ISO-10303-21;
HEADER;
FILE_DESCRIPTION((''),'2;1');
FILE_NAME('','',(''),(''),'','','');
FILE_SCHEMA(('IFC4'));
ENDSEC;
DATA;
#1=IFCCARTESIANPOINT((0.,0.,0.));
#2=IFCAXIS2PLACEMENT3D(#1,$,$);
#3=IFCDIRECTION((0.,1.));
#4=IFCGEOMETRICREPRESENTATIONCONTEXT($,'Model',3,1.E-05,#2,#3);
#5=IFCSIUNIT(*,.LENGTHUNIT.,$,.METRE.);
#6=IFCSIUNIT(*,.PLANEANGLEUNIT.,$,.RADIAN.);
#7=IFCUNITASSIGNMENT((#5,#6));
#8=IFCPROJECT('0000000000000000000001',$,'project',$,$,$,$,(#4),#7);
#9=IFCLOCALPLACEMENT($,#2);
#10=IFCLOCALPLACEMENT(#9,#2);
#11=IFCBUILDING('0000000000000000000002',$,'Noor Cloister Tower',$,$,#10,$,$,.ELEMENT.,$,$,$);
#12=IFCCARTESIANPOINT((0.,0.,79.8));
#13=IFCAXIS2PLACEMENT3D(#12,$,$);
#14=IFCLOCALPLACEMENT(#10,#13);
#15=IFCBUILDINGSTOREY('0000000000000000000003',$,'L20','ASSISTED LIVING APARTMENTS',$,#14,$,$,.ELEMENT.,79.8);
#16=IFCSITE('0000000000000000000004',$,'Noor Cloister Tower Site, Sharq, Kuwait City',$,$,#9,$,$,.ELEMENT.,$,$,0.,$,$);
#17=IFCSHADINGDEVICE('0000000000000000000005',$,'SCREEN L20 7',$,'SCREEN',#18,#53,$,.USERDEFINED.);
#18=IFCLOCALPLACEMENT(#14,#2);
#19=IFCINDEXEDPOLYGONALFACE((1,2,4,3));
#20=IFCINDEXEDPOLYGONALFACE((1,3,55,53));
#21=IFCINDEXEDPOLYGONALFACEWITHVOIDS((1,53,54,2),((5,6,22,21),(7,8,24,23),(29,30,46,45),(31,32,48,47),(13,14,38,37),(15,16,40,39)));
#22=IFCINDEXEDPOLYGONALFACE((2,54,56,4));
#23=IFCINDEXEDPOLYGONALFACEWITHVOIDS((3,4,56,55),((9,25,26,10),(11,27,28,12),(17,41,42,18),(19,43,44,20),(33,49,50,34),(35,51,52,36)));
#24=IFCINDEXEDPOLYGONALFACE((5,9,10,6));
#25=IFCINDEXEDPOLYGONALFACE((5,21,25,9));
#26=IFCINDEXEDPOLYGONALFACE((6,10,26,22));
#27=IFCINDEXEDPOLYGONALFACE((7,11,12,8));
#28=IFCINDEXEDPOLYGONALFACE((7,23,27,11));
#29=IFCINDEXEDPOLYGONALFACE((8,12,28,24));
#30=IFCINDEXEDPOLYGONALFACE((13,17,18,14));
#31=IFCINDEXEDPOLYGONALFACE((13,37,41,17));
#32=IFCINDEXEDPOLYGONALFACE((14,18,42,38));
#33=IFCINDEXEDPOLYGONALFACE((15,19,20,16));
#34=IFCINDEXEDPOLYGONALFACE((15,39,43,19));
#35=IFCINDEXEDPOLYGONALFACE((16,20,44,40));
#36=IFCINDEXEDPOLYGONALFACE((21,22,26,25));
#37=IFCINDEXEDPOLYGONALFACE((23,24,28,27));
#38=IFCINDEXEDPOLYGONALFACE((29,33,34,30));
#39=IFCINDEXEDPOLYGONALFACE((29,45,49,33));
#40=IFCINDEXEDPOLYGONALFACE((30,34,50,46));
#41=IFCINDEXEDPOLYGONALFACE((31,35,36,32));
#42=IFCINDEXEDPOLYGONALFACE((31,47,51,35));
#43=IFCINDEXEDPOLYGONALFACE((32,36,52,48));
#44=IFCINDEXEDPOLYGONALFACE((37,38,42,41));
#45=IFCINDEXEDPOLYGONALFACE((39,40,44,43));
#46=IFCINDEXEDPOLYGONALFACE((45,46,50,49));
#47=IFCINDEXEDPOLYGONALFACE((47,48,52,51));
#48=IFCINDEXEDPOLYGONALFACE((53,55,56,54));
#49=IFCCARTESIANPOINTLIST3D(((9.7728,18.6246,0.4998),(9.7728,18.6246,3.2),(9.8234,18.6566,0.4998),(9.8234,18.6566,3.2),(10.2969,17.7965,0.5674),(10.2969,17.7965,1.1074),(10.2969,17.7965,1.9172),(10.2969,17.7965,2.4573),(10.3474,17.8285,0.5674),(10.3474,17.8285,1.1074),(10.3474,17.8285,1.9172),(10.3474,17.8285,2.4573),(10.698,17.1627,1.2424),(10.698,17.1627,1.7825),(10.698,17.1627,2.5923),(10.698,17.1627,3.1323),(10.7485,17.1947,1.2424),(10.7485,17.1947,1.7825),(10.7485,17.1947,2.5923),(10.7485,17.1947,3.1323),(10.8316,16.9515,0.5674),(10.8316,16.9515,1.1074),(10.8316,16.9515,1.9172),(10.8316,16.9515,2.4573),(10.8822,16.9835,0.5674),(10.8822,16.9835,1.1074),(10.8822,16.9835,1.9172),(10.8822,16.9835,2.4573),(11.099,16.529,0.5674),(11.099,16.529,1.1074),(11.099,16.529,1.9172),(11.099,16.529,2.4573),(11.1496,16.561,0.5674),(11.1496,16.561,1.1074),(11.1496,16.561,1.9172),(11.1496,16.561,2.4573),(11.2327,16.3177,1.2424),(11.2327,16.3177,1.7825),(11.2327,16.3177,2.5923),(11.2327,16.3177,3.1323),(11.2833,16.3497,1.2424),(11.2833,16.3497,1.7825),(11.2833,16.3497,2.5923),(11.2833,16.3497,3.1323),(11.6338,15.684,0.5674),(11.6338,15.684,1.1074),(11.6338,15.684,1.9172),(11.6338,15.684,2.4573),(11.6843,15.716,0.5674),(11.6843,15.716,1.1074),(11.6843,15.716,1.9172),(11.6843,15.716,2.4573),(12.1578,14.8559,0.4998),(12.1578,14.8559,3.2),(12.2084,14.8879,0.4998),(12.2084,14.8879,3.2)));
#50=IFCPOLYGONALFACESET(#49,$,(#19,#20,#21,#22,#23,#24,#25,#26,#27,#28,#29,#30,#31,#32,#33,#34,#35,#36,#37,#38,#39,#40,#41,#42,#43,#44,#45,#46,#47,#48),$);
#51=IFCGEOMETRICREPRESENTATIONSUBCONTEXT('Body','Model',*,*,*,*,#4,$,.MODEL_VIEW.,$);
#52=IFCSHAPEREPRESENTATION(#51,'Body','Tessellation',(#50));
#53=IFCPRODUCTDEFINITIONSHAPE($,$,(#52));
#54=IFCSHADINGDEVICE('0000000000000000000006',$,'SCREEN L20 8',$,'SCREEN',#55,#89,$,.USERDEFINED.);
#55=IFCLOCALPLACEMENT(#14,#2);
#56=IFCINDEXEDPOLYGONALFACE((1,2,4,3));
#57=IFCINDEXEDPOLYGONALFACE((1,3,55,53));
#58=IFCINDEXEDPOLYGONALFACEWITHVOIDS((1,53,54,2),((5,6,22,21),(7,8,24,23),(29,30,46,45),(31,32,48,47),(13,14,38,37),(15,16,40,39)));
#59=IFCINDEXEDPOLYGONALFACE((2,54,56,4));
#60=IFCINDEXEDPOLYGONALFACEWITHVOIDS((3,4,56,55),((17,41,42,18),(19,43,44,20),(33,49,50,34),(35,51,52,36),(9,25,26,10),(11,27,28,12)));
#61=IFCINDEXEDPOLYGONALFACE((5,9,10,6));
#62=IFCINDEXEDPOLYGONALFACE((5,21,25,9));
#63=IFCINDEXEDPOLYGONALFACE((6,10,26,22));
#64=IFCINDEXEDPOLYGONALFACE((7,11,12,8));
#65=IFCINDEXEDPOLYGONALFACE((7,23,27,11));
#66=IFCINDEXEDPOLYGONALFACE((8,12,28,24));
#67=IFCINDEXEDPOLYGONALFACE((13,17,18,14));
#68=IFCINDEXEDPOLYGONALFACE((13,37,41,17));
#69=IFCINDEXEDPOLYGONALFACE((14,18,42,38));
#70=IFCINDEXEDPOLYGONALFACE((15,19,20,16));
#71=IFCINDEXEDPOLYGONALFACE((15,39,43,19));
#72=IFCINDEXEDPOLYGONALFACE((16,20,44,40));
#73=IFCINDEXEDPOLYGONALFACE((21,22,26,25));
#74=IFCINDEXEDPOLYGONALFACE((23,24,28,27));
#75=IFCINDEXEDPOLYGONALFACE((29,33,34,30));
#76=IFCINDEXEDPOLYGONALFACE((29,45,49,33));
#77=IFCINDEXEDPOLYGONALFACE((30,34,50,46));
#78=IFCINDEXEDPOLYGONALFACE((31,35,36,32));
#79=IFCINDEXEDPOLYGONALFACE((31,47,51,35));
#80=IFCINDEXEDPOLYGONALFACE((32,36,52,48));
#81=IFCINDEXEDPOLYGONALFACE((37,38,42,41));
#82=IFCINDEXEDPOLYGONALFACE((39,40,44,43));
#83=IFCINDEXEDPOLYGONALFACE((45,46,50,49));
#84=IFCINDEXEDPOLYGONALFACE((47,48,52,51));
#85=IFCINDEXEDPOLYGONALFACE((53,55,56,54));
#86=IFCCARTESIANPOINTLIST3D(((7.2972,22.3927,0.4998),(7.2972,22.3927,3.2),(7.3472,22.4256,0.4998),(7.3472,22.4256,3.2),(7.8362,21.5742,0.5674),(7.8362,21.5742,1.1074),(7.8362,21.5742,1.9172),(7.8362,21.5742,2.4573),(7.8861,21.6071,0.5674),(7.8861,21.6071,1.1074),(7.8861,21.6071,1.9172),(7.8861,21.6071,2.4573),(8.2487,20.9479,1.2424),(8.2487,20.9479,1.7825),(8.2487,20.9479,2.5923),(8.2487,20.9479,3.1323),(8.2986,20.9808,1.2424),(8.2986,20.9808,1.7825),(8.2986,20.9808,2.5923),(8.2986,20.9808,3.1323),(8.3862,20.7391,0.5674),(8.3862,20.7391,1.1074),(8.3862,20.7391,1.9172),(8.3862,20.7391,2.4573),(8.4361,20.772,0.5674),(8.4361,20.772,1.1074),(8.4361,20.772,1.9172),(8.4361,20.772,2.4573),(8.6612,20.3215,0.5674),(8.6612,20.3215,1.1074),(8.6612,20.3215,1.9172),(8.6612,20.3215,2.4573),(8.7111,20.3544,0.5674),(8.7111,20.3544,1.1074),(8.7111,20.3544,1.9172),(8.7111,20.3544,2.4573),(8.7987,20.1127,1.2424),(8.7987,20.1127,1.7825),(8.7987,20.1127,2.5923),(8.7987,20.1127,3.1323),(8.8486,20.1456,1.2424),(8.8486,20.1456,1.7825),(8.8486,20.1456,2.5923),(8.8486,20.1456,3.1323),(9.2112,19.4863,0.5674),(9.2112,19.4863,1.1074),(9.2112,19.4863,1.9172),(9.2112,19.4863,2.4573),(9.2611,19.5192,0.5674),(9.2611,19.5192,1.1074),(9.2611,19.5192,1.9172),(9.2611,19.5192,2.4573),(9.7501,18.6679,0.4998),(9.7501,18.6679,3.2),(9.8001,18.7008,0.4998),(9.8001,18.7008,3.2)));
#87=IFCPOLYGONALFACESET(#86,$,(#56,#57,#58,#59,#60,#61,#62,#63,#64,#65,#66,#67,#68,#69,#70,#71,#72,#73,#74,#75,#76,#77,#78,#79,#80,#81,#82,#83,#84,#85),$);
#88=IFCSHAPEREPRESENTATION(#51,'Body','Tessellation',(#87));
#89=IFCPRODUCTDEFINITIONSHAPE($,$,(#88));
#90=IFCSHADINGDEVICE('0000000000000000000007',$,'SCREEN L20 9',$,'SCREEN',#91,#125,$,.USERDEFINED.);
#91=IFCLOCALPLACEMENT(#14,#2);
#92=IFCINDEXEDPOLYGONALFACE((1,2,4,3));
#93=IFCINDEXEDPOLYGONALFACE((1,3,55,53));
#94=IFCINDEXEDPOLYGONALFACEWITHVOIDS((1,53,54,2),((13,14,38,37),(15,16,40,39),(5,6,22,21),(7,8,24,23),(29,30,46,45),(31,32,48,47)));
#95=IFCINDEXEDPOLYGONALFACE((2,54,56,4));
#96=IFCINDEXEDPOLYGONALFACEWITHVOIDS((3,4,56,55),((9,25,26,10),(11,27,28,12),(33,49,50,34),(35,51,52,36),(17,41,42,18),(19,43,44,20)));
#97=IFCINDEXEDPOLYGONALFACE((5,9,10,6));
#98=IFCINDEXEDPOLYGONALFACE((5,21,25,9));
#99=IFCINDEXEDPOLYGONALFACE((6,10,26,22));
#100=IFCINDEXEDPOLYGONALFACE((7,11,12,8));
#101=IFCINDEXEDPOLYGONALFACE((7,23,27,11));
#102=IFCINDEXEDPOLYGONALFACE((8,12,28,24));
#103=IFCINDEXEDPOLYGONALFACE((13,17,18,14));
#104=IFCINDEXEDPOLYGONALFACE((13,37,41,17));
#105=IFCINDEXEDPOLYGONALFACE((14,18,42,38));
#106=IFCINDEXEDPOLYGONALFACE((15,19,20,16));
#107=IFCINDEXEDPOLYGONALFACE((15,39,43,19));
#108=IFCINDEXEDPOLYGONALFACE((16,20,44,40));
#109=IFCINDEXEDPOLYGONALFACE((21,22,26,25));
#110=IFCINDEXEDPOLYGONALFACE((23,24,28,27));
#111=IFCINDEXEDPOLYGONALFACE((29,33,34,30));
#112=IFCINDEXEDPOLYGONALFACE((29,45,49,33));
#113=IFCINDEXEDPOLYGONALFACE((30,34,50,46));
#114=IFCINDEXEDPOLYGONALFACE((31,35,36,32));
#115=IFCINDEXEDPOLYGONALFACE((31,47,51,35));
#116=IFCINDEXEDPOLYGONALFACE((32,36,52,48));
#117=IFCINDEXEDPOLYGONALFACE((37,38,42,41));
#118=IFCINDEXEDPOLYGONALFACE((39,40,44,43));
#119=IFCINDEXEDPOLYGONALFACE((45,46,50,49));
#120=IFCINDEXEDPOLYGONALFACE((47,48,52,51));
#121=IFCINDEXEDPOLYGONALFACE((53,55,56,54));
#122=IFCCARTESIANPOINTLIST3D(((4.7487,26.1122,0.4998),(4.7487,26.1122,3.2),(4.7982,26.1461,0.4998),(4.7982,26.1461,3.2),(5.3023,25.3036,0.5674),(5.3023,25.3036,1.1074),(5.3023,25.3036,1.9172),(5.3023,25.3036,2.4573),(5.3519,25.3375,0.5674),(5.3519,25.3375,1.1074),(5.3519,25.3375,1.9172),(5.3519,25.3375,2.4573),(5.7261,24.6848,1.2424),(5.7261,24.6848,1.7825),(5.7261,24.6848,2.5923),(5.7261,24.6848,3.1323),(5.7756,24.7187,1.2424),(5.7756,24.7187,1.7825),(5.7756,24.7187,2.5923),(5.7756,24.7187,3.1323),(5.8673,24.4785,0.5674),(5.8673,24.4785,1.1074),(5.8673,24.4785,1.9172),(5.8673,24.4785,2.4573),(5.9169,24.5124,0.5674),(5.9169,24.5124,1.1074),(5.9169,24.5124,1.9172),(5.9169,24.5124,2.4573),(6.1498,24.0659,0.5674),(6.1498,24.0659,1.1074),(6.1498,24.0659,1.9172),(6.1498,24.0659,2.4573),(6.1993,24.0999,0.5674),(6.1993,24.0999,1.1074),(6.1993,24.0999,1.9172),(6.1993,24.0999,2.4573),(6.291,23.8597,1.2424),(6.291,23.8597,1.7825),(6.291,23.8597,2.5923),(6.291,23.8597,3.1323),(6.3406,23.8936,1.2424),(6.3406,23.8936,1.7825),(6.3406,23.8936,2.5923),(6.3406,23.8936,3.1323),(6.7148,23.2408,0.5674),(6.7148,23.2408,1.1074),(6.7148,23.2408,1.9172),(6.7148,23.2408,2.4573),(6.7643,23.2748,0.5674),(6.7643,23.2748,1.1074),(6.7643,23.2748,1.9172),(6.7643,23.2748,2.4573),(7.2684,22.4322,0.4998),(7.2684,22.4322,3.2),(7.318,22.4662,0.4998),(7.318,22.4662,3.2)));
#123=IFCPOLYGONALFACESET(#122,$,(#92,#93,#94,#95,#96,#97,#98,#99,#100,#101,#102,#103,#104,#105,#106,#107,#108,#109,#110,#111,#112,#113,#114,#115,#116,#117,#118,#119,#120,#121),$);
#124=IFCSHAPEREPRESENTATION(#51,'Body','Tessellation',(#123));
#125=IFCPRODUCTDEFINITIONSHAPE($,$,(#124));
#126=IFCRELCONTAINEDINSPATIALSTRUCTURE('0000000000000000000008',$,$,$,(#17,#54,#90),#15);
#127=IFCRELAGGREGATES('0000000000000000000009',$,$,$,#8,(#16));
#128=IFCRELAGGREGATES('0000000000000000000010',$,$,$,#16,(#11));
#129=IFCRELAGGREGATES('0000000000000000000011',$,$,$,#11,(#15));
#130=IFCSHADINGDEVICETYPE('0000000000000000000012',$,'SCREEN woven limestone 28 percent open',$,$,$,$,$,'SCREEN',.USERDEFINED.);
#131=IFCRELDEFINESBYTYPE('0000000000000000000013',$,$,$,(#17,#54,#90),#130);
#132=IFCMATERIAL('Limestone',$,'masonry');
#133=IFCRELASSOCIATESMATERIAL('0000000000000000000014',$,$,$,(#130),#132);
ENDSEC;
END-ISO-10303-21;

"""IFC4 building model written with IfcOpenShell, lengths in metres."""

from ifc_helpers import new_model, si_unit, direction, frame, origin, place, context, subcontext, project, spatial, polyline, outline, extrude, material, material_profile, profile_set, type_object, element, save


model = new_model("IFC4")

# Units and contexts
model_context = context("Model", 3, precision=1e-05, world=origin(), true_north=direction((0.0, 1.0)))
body_context = subcontext(model_context, "Body", "Model", "MODEL_VIEW")
ifc_project = project(units=[si_unit("LENGTHUNIT", "METRE"), si_unit("PLANEANGLEUNIT", "RADIAN")], contexts=[model_context])

# Site, building, storey
site_placement = place(None, origin())
site = spatial("IfcSite", under=ifc_project, at=site_placement, Name="Noor Cloister Tower Site, Sharq, Kuwait City", CompositionType="ELEMENT", RefElevation=0.0)
building_placement = place(site_placement, origin())
building = spatial("IfcBuilding", under=site, at=building_placement, Name="Noor Cloister Tower", CompositionType="ELEMENT")
storey_placement = place(building_placement, frame((0.0, 0.0, 79.8)))
storey = spatial("IfcBuildingStorey", under=building, at=storey_placement, Name="L20", Description="ASSISTED LIVING APARTMENTS", CompositionType="ELEMENT", Elevation=79.8)

# Shading devices
ifc_material_1 = material(Name="Limestone", Category="masonry")
ifc_material_profile_1 = material_profile(ifc_material_1, outline(polyline([(-2.23, -1.3501), (2.23, -1.3501), (2.23, 1.3501), (-2.23, 1.3501), (-2.23, -1.3501)]), holes=[polyline([(-1.25, -1.2825), (-0.25, -1.2825), (-0.25, -0.7424), (-1.25, -0.7424), (-1.25, -1.2825)]), polyline([(0.25, -1.2825), (1.25, -1.2825), (1.25, -0.7424), (0.25, -0.7424), (0.25, -1.2825)]), polyline([(-0.5, -0.6074), (0.5, -0.6074), (0.5, -0.0674), (-0.5, -0.0674), (-0.5, -0.6074)]), polyline([(-1.25, 0.0674), (-0.25, 0.0674), (-0.25, 0.6074), (-1.25, 0.6074), (-1.25, 0.0674)]), polyline([(0.25, 0.0674), (1.25, 0.0674), (1.25, 0.6074), (0.25, 0.6074), (0.25, 0.0674)]), polyline([(-0.5, 0.7424), (0.5, 0.7424), (0.5, 1.2825), (-0.5, 1.2825), (-0.5, 0.7424)])]), Name="Woven screen 28 percent open")
ifc_profile_set_1 = profile_set([ifc_material_profile_1], Name="Limestone")
shading_device_type = type_object("IfcShadingDeviceType", Name="SCREEN woven limestone 28 percent open", ElementType="SCREEN", PredefinedType="USERDEFINED", material=ifc_profile_set_1)
for number, where, z_axis, x_axis, name in (
    (1, (10.9653, 16.7402, 1.8499), (0.845004, 0.534761, 0.0), (-0.534761, 0.845004, 0.0), "SCREEN L20 7"),
    (2, (8.5237, 20.5303, 1.8499), (0.835171, 0.549991, 0.0), (-0.549991, 0.835171, 0.0), "SCREEN L20 8"),
):
    element("IfcShadingDevice", number, at=place(storey_placement, frame(where, z_axis=z_axis, x_axis=x_axis)), inside=storey, type_object=shading_device_type, Name=name, ObjectType="SCREEN", PredefinedType="USERDEFINED", context=body_context, shape_type="SweptSolid", body=[
        extrude(outline(polyline([(-2.23, -1.3501), (2.23, -1.3501), (2.23, 1.3501), (-2.23, 1.3501), (-2.23, -1.3501)]), holes=[polyline([(-1.25, -1.2825), (-0.25, -1.2825), (-0.25, -0.7424), (-1.25, -0.7424), (-1.25, -1.2825)]), polyline([(0.25, -1.2825), (1.25, -1.2825), (1.25, -0.7424), (0.25, -0.7424), (0.25, -1.2825)]), polyline([(-0.5, -0.6074), (0.5, -0.6074), (0.5, -0.0674), (-0.5, -0.0674), (-0.5, -0.6074)]), polyline([(-1.25, 0.0674), (-0.25, 0.0674), (-0.25, 0.6074), (-1.25, 0.6074), (-1.25, 0.0674)]), polyline([(0.25, 0.0674), (1.25, 0.0674), (1.25, 0.6074), (0.25, 0.6074), (0.25, 0.0674)]), polyline([(-0.5, 0.7424), (0.5, 0.7424), (0.5, 1.2825), (-0.5, 1.2825), (-0.5, 0.7424)])]), origin(), (0.0, 0.0, 1.0), 0.0598),
    ])
shading_device_placement = place(storey_placement, frame((6.0085, 24.2722, 1.8499), z_axis=(0.825108, 0.564975, 0.0), x_axis=(-0.564975, 0.825108, 0.0)))
element("IfcShadingDevice", 3, at=shading_device_placement, inside=storey, type_object=shading_device_type, Name="SCREEN L20 9", ObjectType="SCREEN", PredefinedType="USERDEFINED", context=body_context, shape_type="SweptSolid", body=[
    extrude(outline(polyline([(-2.23, -1.3501), (2.23, -1.3501), (2.23, 1.3501), (-2.23, 1.3501), (-2.23, -1.3501)]), holes=[polyline([(-1.25, -1.2825), (-0.25, -1.2825), (-0.25, -0.7424), (-1.25, -0.7424), (-1.25, -1.2825)]), polyline([(0.25, -1.2825), (1.25, -1.2825), (1.25, -0.7424), (0.25, -0.7424), (0.25, -1.2825)]), polyline([(-0.5, -0.6074), (0.5, -0.6074), (0.5, -0.0674), (-0.5, -0.0674), (-0.5, -0.6074)]), polyline([(-1.25, 0.0674), (-0.25, 0.0674), (-0.25, 0.6074), (-1.25, 0.6074), (-1.25, 0.0674)]), polyline([(0.25, 0.0674), (1.25, 0.0674), (1.25, 0.6074), (0.25, 0.6074), (0.25, 0.0674)]), polyline([(-0.5, 0.7424), (0.5, 0.7424), (0.5, 1.2825), (-0.5, 1.2825), (-0.5, 0.7424)])]), origin(), (0.0, 0.0, 1.0), 0.0601),
])

save(model, "model.ifc")
